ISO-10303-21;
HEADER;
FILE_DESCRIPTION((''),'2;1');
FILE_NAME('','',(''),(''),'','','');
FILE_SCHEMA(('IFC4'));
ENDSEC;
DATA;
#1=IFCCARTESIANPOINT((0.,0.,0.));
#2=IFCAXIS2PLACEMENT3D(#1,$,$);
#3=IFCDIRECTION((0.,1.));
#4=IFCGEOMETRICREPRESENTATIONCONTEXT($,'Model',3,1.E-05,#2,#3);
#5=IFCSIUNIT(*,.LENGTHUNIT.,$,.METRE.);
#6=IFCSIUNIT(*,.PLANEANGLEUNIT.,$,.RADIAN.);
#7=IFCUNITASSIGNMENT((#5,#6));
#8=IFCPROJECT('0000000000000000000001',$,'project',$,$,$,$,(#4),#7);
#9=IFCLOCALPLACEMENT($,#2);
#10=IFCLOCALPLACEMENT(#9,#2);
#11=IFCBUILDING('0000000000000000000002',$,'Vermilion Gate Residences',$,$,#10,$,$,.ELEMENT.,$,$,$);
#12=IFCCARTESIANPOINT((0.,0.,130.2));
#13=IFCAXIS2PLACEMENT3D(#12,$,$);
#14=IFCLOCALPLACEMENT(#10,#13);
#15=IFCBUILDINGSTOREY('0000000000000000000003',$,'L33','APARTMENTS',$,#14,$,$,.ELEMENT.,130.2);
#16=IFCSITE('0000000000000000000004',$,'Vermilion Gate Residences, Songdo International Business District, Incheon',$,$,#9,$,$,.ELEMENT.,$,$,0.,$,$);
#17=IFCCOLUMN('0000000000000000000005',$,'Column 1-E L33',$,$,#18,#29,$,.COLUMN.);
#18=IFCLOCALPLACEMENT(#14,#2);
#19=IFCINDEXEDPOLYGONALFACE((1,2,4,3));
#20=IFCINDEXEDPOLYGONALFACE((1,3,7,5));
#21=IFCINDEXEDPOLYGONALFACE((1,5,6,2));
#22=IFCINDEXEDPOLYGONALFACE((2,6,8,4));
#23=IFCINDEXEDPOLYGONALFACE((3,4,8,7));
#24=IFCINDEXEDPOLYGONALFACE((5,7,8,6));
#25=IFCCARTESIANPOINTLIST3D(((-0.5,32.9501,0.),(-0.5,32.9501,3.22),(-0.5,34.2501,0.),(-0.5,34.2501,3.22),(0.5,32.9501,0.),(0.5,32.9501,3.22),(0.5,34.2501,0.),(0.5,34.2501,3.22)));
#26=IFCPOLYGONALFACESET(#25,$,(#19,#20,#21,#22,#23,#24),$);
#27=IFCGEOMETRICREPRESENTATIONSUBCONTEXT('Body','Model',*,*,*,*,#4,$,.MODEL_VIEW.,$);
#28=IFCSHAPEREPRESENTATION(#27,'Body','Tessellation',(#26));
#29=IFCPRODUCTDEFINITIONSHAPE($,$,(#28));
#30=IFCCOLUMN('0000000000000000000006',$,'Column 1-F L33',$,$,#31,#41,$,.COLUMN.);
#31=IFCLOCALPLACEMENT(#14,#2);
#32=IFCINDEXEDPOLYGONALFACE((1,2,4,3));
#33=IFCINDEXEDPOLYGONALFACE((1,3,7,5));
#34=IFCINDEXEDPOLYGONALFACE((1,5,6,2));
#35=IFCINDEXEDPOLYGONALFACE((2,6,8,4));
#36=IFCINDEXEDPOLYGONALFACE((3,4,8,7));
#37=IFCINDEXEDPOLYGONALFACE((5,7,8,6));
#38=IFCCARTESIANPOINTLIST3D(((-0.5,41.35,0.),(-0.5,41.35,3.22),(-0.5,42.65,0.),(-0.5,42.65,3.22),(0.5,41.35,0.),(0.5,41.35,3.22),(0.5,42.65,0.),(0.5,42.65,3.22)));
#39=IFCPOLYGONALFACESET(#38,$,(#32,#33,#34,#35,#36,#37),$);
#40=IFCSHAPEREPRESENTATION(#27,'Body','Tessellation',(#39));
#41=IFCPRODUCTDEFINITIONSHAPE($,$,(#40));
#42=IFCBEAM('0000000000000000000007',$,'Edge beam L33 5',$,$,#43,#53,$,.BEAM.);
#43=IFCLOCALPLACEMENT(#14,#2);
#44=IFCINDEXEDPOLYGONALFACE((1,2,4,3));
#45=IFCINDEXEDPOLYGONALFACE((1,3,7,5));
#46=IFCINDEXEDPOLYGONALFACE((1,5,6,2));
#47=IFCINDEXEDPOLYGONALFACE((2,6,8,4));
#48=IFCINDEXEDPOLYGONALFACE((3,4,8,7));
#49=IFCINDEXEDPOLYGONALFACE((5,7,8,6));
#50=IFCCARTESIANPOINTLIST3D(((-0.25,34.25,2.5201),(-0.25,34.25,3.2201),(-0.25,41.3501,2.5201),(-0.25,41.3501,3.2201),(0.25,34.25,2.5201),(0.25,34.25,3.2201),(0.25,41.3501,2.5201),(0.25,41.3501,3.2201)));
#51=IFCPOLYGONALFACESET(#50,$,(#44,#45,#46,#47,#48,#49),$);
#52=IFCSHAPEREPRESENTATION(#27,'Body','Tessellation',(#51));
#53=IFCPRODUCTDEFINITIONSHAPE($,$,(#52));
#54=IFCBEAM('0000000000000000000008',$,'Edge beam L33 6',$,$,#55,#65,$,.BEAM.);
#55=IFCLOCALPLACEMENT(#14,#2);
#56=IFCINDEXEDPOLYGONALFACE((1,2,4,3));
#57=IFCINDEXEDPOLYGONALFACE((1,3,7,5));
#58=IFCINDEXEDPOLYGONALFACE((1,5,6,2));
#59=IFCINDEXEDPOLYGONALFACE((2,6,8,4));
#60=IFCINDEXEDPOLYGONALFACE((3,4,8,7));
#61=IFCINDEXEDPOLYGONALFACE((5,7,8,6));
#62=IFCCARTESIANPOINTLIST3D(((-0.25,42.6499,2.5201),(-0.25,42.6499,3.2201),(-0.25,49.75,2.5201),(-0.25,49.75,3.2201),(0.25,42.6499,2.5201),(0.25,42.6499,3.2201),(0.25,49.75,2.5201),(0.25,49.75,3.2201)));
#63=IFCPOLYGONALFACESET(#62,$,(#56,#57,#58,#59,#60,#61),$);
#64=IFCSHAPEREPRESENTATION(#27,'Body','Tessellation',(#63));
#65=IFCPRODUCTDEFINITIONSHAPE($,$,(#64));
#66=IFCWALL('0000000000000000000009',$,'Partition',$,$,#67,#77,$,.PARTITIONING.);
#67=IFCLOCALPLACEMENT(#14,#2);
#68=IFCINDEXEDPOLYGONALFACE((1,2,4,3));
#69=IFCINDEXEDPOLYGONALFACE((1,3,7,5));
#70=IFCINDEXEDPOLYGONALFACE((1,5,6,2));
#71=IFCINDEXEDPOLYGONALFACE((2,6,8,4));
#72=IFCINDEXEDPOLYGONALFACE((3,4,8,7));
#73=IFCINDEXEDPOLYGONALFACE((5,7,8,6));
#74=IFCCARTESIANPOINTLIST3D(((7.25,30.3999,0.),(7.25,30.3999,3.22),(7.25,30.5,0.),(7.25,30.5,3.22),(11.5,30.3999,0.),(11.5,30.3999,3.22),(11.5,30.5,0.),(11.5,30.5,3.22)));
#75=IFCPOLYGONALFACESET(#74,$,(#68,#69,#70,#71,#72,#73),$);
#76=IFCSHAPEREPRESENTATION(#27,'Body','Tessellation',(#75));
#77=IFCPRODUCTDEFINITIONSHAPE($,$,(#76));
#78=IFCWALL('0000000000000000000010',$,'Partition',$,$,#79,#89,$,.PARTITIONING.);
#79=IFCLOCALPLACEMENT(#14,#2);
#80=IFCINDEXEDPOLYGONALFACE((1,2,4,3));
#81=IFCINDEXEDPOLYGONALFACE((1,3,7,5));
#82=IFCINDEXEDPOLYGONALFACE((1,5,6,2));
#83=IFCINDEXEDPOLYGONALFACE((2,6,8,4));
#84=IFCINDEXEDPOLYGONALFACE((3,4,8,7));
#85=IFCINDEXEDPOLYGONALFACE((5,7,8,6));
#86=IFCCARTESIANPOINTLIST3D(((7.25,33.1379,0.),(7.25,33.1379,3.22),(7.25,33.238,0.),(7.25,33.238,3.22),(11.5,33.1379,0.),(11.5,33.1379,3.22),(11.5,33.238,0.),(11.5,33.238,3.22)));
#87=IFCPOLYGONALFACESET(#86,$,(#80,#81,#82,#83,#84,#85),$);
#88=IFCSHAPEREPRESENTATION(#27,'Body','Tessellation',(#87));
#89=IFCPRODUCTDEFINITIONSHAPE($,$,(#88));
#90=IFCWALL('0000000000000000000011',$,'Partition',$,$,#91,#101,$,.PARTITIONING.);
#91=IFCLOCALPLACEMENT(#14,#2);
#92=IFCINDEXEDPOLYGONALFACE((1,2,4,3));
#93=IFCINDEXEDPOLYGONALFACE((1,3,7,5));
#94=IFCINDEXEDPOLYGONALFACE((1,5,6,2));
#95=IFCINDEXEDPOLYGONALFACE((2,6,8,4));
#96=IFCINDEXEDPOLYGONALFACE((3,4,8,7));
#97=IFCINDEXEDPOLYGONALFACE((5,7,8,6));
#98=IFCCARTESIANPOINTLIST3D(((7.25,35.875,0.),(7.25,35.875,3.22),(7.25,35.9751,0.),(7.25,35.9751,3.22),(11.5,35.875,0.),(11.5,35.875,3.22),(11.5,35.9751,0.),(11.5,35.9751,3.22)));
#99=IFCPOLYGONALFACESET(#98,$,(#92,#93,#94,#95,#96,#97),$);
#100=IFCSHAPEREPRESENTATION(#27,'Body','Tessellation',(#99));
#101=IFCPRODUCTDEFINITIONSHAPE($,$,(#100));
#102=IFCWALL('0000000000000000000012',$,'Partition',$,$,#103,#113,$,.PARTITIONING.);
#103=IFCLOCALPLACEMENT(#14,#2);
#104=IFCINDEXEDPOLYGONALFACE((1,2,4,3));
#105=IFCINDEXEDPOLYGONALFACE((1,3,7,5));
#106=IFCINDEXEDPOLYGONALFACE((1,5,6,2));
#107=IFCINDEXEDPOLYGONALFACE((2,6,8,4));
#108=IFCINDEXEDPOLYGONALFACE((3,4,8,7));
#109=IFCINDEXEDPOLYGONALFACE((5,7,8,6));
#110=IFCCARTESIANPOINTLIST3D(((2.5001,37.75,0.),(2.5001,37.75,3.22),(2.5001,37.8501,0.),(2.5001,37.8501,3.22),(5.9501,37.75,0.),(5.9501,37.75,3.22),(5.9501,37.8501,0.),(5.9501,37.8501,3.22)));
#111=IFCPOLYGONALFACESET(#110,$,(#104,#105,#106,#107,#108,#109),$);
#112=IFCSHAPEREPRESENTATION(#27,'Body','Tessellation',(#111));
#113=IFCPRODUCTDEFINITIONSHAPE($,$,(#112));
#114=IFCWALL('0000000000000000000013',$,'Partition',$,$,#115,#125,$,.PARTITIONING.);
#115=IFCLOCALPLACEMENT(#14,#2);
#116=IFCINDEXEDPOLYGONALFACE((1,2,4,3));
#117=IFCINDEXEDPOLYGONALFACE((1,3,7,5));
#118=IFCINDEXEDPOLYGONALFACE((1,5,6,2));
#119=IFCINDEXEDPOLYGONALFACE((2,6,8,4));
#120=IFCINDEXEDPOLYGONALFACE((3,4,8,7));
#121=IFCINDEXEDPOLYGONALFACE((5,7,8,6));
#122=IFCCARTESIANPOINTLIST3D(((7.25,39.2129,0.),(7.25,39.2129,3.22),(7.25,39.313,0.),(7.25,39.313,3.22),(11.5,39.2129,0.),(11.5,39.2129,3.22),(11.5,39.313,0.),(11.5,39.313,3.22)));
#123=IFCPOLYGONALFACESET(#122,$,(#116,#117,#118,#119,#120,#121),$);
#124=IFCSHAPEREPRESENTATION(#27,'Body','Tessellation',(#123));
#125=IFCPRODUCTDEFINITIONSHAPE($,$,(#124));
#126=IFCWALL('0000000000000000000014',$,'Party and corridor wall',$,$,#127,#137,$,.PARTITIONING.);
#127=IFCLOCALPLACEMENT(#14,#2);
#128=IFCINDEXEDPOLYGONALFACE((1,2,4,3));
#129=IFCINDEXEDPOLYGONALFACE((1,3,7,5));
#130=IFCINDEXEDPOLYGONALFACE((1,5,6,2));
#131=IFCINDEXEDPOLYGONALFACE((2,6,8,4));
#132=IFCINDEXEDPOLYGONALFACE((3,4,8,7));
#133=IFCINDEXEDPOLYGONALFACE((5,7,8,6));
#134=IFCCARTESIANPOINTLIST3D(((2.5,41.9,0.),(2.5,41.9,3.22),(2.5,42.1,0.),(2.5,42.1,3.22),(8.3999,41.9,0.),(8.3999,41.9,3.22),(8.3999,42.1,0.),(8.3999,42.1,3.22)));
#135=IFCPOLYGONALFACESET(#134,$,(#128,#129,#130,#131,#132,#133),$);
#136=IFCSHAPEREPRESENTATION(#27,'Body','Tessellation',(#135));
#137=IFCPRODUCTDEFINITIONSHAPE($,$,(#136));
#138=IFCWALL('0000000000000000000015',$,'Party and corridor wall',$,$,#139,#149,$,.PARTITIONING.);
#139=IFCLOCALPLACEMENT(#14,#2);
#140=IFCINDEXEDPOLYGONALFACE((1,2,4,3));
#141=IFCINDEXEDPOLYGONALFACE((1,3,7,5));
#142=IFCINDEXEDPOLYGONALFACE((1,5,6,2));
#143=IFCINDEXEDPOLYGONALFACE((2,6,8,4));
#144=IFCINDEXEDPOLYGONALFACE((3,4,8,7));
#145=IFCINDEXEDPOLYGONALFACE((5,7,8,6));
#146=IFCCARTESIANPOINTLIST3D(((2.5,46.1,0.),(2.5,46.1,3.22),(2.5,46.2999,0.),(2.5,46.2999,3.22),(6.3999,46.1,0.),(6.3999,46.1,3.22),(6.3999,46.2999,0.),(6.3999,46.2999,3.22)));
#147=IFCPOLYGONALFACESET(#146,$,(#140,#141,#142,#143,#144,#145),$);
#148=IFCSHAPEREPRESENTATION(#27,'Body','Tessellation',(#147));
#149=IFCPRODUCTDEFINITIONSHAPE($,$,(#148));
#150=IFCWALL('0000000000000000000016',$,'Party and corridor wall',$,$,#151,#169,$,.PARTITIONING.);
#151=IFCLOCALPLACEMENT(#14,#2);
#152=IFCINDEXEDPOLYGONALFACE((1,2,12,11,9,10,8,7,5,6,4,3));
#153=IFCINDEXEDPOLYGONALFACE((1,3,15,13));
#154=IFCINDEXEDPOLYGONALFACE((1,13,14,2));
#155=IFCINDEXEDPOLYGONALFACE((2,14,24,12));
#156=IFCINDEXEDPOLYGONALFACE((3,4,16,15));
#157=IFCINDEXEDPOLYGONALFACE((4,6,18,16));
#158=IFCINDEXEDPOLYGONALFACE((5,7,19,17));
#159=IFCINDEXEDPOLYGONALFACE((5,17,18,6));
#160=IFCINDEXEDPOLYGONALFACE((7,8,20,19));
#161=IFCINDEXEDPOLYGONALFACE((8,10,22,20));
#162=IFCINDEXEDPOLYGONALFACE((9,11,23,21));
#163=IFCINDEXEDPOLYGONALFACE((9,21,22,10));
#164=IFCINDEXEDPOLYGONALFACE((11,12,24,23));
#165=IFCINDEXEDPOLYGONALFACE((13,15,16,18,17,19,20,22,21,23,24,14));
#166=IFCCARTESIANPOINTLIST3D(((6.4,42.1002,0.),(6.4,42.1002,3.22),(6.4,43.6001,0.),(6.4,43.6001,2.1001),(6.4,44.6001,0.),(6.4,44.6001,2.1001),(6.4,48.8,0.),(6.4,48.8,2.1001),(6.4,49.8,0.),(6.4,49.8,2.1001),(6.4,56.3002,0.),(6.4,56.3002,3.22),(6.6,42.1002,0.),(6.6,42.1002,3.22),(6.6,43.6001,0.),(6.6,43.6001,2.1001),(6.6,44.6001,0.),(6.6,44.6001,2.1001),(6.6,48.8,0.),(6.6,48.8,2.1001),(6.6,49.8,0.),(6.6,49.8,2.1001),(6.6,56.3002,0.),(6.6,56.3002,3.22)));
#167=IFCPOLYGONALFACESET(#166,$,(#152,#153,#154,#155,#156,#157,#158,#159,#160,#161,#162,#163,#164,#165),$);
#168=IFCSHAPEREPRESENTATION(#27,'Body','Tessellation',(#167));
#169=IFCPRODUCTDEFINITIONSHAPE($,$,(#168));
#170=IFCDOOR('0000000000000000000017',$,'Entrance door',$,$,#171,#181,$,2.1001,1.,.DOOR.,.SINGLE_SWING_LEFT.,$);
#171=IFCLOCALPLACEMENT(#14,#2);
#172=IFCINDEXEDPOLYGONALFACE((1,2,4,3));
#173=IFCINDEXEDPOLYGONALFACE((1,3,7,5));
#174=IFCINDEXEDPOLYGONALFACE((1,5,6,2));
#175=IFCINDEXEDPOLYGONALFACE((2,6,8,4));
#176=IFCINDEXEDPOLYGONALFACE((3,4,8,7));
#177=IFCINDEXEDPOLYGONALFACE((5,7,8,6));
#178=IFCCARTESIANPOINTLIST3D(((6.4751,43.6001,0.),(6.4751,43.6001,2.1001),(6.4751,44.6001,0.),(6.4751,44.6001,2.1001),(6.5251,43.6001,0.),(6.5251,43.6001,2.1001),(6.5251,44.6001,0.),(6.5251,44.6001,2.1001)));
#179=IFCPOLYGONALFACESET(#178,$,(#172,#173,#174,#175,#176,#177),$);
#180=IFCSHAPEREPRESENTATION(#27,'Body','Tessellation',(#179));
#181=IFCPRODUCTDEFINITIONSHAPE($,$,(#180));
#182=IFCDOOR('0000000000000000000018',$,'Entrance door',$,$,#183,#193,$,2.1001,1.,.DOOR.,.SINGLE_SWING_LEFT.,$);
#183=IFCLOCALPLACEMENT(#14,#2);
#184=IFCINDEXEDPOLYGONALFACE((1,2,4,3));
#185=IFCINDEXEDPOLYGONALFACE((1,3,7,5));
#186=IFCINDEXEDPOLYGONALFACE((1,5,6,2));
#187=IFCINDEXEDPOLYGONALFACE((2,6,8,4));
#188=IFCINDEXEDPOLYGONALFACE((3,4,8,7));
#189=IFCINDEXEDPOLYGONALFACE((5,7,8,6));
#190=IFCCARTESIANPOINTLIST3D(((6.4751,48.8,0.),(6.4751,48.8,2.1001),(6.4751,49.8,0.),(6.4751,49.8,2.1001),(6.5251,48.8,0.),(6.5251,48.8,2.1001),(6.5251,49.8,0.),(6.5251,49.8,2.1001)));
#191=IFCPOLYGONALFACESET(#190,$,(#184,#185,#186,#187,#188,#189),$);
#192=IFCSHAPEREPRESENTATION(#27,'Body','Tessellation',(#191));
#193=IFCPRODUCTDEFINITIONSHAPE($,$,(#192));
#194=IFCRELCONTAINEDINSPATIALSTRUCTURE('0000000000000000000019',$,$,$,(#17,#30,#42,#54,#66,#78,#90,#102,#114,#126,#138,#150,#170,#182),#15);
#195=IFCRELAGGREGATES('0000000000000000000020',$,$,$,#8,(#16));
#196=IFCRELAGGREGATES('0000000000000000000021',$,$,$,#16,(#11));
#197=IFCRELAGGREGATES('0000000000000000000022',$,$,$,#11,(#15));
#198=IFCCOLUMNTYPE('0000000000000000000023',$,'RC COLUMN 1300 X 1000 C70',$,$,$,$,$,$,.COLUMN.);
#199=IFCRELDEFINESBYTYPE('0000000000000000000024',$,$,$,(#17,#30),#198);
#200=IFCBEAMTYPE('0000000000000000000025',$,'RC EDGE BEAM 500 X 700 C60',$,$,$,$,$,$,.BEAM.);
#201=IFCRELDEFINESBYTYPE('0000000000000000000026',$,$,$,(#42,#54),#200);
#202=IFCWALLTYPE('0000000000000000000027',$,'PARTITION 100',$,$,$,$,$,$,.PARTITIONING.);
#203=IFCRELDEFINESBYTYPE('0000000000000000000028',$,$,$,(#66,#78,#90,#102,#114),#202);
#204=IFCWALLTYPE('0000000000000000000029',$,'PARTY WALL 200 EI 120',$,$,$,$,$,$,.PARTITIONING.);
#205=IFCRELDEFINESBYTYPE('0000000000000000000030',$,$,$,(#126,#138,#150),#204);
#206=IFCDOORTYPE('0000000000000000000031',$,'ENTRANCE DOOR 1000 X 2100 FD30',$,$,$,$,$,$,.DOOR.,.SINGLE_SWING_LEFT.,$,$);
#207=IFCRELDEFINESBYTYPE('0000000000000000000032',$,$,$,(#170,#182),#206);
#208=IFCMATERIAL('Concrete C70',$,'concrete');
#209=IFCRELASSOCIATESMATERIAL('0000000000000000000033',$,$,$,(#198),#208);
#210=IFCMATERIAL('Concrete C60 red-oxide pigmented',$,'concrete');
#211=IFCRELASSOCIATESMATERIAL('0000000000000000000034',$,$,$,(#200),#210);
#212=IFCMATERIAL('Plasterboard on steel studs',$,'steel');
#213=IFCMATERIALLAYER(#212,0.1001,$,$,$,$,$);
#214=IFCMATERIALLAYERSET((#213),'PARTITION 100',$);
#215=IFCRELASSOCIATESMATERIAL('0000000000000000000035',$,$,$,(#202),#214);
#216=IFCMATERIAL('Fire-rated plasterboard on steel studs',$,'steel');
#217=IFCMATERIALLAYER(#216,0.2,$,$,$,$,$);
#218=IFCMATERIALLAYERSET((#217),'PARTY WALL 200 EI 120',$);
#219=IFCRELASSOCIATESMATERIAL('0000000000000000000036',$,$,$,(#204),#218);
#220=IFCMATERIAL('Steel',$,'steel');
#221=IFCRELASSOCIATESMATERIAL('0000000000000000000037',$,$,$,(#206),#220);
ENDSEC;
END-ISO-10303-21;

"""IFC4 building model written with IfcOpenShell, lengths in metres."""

from ifc_helpers import new_model, si_unit, direction, frame, frame_2d, origin, origin_2d, place, context, subcontext, project, spatial, rectangle, extrude, material, layer, layer_set, material_profile, profile_set, type_object, element, fill, save


model = new_model("IFC4")

# Units and contexts
model_context = context("Model", 3, precision=1e-05, world=origin(), true_north=direction((0.0, 1.0)))
body_context = subcontext(model_context, "Body", "Model", "MODEL_VIEW")
ifc_project = project(units=[si_unit("LENGTHUNIT", "METRE"), si_unit("PLANEANGLEUNIT", "RADIAN")], contexts=[model_context])

# Site, building, storey
site_placement = place(None, origin())
site = spatial("IfcSite", under=ifc_project, at=site_placement, Name="Vermilion Gate Residences, Songdo International Business District, Incheon", CompositionType="ELEMENT", RefElevation=0.0)
building_placement = place(site_placement, origin())
building = spatial("IfcBuilding", under=site, at=building_placement, Name="Vermilion Gate Residences", CompositionType="ELEMENT")
storey_placement = place(building_placement, frame((0.0, 0.0, 130.2)))
storey = spatial("IfcBuildingStorey", under=building, at=storey_placement, Name="L33", Description="APARTMENTS", CompositionType="ELEMENT", Elevation=130.2)

# Columns
ifc_material_1 = material(Name="Concrete C70", Category="concrete")
ifc_material_profile_1 = material_profile(ifc_material_1, rectangle(XDim=1.3, YDim=1.0, at=origin_2d()), Name="RC-1300x1000")
ifc_profile_set_1 = profile_set([ifc_material_profile_1], Name="Concrete C70")
column_type = type_object("IfcColumnType", Name="RC COLUMN 1300 X 1000 C70", PredefinedType="COLUMN", material=ifc_profile_set_1)
for number, where, z_axis, x_axis, name in (
    (1, (0.0, 33.6001, 0.0), (0.0, 0.0, 1.0), (0.0, 1.0, 0.0), "Column 1-E L33"),
    (2, (0.0, 42.0, 0.0), (0.0, 0.0, 1.0), (0.0, 1.0, 0.0), "Column 1-F L33"),
):
    element("IfcColumn", number, at=place(storey_placement, frame(where, z_axis=z_axis, x_axis=x_axis)), inside=storey, type_object=column_type, Name=name, PredefinedType="COLUMN", context=body_context, shape_type="SweptSolid", body=[
        extrude(rectangle(XDim=1.3, YDim=1.0, at=origin_2d()), origin(), (0.0, 0.0, 1.0), 3.22),
    ])

# Beams
ifc_material_2 = material(Name="Concrete C60 red-oxide pigmented", Category="concrete")
ifc_material_profile_2 = material_profile(ifc_material_2, rectangle(XDim=0.5, YDim=0.7, at=origin_2d()), Name="RC-500x700")
ifc_profile_set_2 = profile_set([ifc_material_profile_2], Name="Concrete C60 red-oxide pigmented")
beam_type = type_object("IfcBeamType", Name="RC EDGE BEAM 500 X 700 C60", PredefinedType="BEAM", material=ifc_profile_set_2)
for number, where, z_axis, x_axis, name in (
    (3, (0.0, 34.25, 2.8701), (0.0, 1.0, 0.0), (-1.0, 0.0, 0.0), "Edge beam L33 5"),
    (4, (0.0, 42.6499, 2.8701), (0.0, 1.0, 0.0), (-1.0, 0.0, 0.0), "Edge beam L33 6"),
):
    element("IfcBeam", number, at=place(storey_placement, frame(where, z_axis=z_axis, x_axis=x_axis)), inside=storey, type_object=beam_type, Name=name, PredefinedType="BEAM", context=body_context, shape_type="SweptSolid", body=[
        extrude(rectangle(XDim=0.5, YDim=0.7, at=origin_2d()), origin(), (0.0, 0.0, 1.0), 7.1001),
    ])

# Walls
ifc_material_3 = material(Name="Plasterboard on steel studs", Category="steel")
ifc_layer_1 = layer(ifc_material_3, 0.1001)
ifc_layer_set_1 = layer_set([ifc_layer_1], Name="PARTITION 100")
wall_type_1 = type_object("IfcWallType", Name="PARTITION 100", PredefinedType="PARTITIONING", material=ifc_layer_set_1)
for number, where, z_axis, x_axis, name in (
    (5, (7.25, 30.45, 0.0), (0.0, 0.0, 1.0), (1.0, 0.0, 0.0), "Partition"),
    (6, (7.25, 33.188, 0.0), (0.0, 0.0, 1.0), (1.0, 0.0, 0.0), "Partition"),
    (7, (7.25, 35.925, 0.0), (0.0, 0.0, 1.0), (1.0, 0.0, 0.0), "Partition"),
):
    element("IfcWall", number, at=place(storey_placement, frame(where, z_axis=z_axis, x_axis=x_axis)), inside=storey, type_object=wall_type_1, Name=name, PredefinedType="PARTITIONING", context=body_context, shape_type="SweptSolid", body=[
        extrude(rectangle(XDim=4.25, YDim=0.1001, at=frame_2d((2.125, 0.0))), origin(), (0.0, 0.0, 1.0), 3.22),
    ])
wall_1_placement = place(storey_placement, frame((2.5, 37.8, 0.0), z_axis=(0.0, 0.0, 1.0), x_axis=(1.0, 0.0, 0.0)))
element("IfcWall", 8, at=wall_1_placement, inside=storey, type_object=wall_type_1, Name="Partition", PredefinedType="PARTITIONING", context=body_context, shape_type="SweptSolid", body=[
    extrude(rectangle(XDim=3.45, YDim=0.1001, at=frame_2d((1.7251, 0.0))), origin(), (0.0, 0.0, 1.0), 3.22),
])
wall_2_placement = place(storey_placement, frame((7.25, 39.2629, 0.0), z_axis=(0.0, 0.0, 1.0), x_axis=(1.0, 0.0, 0.0)))
element("IfcWall", 9, at=wall_2_placement, inside=storey, type_object=wall_type_1, Name="Partition", PredefinedType="PARTITIONING", context=body_context, shape_type="SweptSolid", body=[
    extrude(rectangle(XDim=4.25, YDim=0.1001, at=frame_2d((2.125, 0.0))), origin(), (0.0, 0.0, 1.0), 3.22),
])
ifc_material_4 = material(Name="Fire-rated plasterboard on steel studs", Category="steel")
ifc_layer_2 = layer(ifc_material_4, 0.2)
ifc_layer_set_2 = layer_set([ifc_layer_2], Name="PARTY WALL 200 EI 120")
wall_type_2 = type_object("IfcWallType", Name="PARTY WALL 200 EI 120", PredefinedType="PARTITIONING", material=ifc_layer_set_2)
wall_3_placement = place(storey_placement, frame((2.5, 42.0, 0.0), z_axis=(0.0, 0.0, 1.0), x_axis=(1.0, 0.0, 0.0)))
element("IfcWall", 10, at=wall_3_placement, inside=storey, type_object=wall_type_2, Name="Party and corridor wall", PredefinedType="PARTITIONING", context=body_context, shape_type="SweptSolid", body=[
    extrude(rectangle(XDim=5.8999, YDim=0.2, at=frame_2d((2.95, 0.0))), origin(), (0.0, 0.0, 1.0), 3.22),
])
wall_4_placement = place(storey_placement, frame((2.5, 46.2, 0.0), z_axis=(0.0, 0.0, 1.0), x_axis=(1.0, 0.0, 0.0)))
element("IfcWall", 11, at=wall_4_placement, inside=storey, type_object=wall_type_2, Name="Party and corridor wall", PredefinedType="PARTITIONING", context=body_context, shape_type="SweptSolid", body=[
    extrude(rectangle(XDim=3.8999, YDim=0.2, at=frame_2d((1.95, 0.0))), origin(), (0.0, 0.0, 1.0), 3.22),
])

# Wall, openings, doors
wall_5_placement = place(storey_placement, frame((6.5, 42.1001, 0.0), z_axis=(0.0, 0.0, 1.0), x_axis=(0.0, 1.0, 0.0)))
wall_5 = element("IfcWall", 12, at=wall_5_placement, inside=storey, type_object=wall_type_2, Name="Party and corridor wall", PredefinedType="PARTITIONING", context=body_context, shape_type="SweptSolid", body=[
    extrude(rectangle(XDim=14.2, YDim=0.2, at=frame_2d((7.1001, 0.0))), origin(), (0.0, 0.0, 1.0), 3.22),
])
opening_1_placement = place(wall_5_placement, frame((1.5, 0.0, 0.0)))
opening_1 = element("IfcOpeningElement", 13, at=opening_1_placement, cuts=wall_5, PredefinedType="OPENING", context=body_context, shape_type="SweptSolid", body=[
    extrude(rectangle(XDim=1.0, YDim=2.1001, at=frame_2d((0.5, 1.05))), frame((0.0, 0.1099, 0.0), z_axis=(0.0, -1.0, 0.0), x_axis=(1.0, 0.0, 0.0)), (0.0, 0.0, 1.0), 0.22),
])
opening_2_placement = place(wall_5_placement, frame((6.7, 0.0, 0.0)))
opening_2 = element("IfcOpeningElement", 14, at=opening_2_placement, cuts=wall_5, PredefinedType="OPENING", context=body_context, shape_type="SweptSolid", body=[
    extrude(rectangle(XDim=1.0, YDim=2.1001, at=frame_2d((0.5, 1.05))), frame((0.0, 0.1099, 0.0), z_axis=(0.0, -1.0, 0.0), x_axis=(1.0, 0.0, 0.0)), (0.0, 0.0, 1.0), 0.22),
])
ifc_material_5 = material(Name="Steel", Category="steel")
door_type = type_object("IfcDoorType", Name="ENTRANCE DOOR 1000 X 2100 FD30", OperationType="SINGLE_SWING_LEFT", PredefinedType="DOOR", material=ifc_material_5)
door_1_placement = place(opening_1_placement, origin())
door_1 = element("IfcDoor", 15, at=door_1_placement, inside=storey, type_object=door_type, Name="Entrance door", OperationType="SINGLE_SWING_LEFT", OverallHeight=2.1001, OverallWidth=1.0, PredefinedType="DOOR", context=body_context, shape_type="SweptSolid", body=[
    extrude(rectangle(XDim=1.0, YDim=2.1001, at=frame_2d((0.5, 1.05))), frame((0.0, 0.0249, 0.0), z_axis=(0.0, -1.0, 0.0), x_axis=(1.0, 0.0, 0.0)), (0.0, 0.0, 1.0), 0.05),
])
fill(opening_1, door_1)
door_2_placement = place(opening_2_placement, origin())
door_2 = element("IfcDoor", 16, at=door_2_placement, inside=storey, type_object=door_type, Name="Entrance door", OperationType="SINGLE_SWING_LEFT", OverallHeight=2.1001, OverallWidth=1.0, PredefinedType="DOOR", context=body_context, shape_type="SweptSolid", body=[
    extrude(rectangle(XDim=1.0, YDim=2.1001, at=frame_2d((0.5, 1.05))), frame((0.0, 0.0249, 0.0), z_axis=(0.0, -1.0, 0.0), x_axis=(1.0, 0.0, 0.0)), (0.0, 0.0, 1.0), 0.05),
])
fill(opening_2, door_2)

save(model, "model.ifc")
